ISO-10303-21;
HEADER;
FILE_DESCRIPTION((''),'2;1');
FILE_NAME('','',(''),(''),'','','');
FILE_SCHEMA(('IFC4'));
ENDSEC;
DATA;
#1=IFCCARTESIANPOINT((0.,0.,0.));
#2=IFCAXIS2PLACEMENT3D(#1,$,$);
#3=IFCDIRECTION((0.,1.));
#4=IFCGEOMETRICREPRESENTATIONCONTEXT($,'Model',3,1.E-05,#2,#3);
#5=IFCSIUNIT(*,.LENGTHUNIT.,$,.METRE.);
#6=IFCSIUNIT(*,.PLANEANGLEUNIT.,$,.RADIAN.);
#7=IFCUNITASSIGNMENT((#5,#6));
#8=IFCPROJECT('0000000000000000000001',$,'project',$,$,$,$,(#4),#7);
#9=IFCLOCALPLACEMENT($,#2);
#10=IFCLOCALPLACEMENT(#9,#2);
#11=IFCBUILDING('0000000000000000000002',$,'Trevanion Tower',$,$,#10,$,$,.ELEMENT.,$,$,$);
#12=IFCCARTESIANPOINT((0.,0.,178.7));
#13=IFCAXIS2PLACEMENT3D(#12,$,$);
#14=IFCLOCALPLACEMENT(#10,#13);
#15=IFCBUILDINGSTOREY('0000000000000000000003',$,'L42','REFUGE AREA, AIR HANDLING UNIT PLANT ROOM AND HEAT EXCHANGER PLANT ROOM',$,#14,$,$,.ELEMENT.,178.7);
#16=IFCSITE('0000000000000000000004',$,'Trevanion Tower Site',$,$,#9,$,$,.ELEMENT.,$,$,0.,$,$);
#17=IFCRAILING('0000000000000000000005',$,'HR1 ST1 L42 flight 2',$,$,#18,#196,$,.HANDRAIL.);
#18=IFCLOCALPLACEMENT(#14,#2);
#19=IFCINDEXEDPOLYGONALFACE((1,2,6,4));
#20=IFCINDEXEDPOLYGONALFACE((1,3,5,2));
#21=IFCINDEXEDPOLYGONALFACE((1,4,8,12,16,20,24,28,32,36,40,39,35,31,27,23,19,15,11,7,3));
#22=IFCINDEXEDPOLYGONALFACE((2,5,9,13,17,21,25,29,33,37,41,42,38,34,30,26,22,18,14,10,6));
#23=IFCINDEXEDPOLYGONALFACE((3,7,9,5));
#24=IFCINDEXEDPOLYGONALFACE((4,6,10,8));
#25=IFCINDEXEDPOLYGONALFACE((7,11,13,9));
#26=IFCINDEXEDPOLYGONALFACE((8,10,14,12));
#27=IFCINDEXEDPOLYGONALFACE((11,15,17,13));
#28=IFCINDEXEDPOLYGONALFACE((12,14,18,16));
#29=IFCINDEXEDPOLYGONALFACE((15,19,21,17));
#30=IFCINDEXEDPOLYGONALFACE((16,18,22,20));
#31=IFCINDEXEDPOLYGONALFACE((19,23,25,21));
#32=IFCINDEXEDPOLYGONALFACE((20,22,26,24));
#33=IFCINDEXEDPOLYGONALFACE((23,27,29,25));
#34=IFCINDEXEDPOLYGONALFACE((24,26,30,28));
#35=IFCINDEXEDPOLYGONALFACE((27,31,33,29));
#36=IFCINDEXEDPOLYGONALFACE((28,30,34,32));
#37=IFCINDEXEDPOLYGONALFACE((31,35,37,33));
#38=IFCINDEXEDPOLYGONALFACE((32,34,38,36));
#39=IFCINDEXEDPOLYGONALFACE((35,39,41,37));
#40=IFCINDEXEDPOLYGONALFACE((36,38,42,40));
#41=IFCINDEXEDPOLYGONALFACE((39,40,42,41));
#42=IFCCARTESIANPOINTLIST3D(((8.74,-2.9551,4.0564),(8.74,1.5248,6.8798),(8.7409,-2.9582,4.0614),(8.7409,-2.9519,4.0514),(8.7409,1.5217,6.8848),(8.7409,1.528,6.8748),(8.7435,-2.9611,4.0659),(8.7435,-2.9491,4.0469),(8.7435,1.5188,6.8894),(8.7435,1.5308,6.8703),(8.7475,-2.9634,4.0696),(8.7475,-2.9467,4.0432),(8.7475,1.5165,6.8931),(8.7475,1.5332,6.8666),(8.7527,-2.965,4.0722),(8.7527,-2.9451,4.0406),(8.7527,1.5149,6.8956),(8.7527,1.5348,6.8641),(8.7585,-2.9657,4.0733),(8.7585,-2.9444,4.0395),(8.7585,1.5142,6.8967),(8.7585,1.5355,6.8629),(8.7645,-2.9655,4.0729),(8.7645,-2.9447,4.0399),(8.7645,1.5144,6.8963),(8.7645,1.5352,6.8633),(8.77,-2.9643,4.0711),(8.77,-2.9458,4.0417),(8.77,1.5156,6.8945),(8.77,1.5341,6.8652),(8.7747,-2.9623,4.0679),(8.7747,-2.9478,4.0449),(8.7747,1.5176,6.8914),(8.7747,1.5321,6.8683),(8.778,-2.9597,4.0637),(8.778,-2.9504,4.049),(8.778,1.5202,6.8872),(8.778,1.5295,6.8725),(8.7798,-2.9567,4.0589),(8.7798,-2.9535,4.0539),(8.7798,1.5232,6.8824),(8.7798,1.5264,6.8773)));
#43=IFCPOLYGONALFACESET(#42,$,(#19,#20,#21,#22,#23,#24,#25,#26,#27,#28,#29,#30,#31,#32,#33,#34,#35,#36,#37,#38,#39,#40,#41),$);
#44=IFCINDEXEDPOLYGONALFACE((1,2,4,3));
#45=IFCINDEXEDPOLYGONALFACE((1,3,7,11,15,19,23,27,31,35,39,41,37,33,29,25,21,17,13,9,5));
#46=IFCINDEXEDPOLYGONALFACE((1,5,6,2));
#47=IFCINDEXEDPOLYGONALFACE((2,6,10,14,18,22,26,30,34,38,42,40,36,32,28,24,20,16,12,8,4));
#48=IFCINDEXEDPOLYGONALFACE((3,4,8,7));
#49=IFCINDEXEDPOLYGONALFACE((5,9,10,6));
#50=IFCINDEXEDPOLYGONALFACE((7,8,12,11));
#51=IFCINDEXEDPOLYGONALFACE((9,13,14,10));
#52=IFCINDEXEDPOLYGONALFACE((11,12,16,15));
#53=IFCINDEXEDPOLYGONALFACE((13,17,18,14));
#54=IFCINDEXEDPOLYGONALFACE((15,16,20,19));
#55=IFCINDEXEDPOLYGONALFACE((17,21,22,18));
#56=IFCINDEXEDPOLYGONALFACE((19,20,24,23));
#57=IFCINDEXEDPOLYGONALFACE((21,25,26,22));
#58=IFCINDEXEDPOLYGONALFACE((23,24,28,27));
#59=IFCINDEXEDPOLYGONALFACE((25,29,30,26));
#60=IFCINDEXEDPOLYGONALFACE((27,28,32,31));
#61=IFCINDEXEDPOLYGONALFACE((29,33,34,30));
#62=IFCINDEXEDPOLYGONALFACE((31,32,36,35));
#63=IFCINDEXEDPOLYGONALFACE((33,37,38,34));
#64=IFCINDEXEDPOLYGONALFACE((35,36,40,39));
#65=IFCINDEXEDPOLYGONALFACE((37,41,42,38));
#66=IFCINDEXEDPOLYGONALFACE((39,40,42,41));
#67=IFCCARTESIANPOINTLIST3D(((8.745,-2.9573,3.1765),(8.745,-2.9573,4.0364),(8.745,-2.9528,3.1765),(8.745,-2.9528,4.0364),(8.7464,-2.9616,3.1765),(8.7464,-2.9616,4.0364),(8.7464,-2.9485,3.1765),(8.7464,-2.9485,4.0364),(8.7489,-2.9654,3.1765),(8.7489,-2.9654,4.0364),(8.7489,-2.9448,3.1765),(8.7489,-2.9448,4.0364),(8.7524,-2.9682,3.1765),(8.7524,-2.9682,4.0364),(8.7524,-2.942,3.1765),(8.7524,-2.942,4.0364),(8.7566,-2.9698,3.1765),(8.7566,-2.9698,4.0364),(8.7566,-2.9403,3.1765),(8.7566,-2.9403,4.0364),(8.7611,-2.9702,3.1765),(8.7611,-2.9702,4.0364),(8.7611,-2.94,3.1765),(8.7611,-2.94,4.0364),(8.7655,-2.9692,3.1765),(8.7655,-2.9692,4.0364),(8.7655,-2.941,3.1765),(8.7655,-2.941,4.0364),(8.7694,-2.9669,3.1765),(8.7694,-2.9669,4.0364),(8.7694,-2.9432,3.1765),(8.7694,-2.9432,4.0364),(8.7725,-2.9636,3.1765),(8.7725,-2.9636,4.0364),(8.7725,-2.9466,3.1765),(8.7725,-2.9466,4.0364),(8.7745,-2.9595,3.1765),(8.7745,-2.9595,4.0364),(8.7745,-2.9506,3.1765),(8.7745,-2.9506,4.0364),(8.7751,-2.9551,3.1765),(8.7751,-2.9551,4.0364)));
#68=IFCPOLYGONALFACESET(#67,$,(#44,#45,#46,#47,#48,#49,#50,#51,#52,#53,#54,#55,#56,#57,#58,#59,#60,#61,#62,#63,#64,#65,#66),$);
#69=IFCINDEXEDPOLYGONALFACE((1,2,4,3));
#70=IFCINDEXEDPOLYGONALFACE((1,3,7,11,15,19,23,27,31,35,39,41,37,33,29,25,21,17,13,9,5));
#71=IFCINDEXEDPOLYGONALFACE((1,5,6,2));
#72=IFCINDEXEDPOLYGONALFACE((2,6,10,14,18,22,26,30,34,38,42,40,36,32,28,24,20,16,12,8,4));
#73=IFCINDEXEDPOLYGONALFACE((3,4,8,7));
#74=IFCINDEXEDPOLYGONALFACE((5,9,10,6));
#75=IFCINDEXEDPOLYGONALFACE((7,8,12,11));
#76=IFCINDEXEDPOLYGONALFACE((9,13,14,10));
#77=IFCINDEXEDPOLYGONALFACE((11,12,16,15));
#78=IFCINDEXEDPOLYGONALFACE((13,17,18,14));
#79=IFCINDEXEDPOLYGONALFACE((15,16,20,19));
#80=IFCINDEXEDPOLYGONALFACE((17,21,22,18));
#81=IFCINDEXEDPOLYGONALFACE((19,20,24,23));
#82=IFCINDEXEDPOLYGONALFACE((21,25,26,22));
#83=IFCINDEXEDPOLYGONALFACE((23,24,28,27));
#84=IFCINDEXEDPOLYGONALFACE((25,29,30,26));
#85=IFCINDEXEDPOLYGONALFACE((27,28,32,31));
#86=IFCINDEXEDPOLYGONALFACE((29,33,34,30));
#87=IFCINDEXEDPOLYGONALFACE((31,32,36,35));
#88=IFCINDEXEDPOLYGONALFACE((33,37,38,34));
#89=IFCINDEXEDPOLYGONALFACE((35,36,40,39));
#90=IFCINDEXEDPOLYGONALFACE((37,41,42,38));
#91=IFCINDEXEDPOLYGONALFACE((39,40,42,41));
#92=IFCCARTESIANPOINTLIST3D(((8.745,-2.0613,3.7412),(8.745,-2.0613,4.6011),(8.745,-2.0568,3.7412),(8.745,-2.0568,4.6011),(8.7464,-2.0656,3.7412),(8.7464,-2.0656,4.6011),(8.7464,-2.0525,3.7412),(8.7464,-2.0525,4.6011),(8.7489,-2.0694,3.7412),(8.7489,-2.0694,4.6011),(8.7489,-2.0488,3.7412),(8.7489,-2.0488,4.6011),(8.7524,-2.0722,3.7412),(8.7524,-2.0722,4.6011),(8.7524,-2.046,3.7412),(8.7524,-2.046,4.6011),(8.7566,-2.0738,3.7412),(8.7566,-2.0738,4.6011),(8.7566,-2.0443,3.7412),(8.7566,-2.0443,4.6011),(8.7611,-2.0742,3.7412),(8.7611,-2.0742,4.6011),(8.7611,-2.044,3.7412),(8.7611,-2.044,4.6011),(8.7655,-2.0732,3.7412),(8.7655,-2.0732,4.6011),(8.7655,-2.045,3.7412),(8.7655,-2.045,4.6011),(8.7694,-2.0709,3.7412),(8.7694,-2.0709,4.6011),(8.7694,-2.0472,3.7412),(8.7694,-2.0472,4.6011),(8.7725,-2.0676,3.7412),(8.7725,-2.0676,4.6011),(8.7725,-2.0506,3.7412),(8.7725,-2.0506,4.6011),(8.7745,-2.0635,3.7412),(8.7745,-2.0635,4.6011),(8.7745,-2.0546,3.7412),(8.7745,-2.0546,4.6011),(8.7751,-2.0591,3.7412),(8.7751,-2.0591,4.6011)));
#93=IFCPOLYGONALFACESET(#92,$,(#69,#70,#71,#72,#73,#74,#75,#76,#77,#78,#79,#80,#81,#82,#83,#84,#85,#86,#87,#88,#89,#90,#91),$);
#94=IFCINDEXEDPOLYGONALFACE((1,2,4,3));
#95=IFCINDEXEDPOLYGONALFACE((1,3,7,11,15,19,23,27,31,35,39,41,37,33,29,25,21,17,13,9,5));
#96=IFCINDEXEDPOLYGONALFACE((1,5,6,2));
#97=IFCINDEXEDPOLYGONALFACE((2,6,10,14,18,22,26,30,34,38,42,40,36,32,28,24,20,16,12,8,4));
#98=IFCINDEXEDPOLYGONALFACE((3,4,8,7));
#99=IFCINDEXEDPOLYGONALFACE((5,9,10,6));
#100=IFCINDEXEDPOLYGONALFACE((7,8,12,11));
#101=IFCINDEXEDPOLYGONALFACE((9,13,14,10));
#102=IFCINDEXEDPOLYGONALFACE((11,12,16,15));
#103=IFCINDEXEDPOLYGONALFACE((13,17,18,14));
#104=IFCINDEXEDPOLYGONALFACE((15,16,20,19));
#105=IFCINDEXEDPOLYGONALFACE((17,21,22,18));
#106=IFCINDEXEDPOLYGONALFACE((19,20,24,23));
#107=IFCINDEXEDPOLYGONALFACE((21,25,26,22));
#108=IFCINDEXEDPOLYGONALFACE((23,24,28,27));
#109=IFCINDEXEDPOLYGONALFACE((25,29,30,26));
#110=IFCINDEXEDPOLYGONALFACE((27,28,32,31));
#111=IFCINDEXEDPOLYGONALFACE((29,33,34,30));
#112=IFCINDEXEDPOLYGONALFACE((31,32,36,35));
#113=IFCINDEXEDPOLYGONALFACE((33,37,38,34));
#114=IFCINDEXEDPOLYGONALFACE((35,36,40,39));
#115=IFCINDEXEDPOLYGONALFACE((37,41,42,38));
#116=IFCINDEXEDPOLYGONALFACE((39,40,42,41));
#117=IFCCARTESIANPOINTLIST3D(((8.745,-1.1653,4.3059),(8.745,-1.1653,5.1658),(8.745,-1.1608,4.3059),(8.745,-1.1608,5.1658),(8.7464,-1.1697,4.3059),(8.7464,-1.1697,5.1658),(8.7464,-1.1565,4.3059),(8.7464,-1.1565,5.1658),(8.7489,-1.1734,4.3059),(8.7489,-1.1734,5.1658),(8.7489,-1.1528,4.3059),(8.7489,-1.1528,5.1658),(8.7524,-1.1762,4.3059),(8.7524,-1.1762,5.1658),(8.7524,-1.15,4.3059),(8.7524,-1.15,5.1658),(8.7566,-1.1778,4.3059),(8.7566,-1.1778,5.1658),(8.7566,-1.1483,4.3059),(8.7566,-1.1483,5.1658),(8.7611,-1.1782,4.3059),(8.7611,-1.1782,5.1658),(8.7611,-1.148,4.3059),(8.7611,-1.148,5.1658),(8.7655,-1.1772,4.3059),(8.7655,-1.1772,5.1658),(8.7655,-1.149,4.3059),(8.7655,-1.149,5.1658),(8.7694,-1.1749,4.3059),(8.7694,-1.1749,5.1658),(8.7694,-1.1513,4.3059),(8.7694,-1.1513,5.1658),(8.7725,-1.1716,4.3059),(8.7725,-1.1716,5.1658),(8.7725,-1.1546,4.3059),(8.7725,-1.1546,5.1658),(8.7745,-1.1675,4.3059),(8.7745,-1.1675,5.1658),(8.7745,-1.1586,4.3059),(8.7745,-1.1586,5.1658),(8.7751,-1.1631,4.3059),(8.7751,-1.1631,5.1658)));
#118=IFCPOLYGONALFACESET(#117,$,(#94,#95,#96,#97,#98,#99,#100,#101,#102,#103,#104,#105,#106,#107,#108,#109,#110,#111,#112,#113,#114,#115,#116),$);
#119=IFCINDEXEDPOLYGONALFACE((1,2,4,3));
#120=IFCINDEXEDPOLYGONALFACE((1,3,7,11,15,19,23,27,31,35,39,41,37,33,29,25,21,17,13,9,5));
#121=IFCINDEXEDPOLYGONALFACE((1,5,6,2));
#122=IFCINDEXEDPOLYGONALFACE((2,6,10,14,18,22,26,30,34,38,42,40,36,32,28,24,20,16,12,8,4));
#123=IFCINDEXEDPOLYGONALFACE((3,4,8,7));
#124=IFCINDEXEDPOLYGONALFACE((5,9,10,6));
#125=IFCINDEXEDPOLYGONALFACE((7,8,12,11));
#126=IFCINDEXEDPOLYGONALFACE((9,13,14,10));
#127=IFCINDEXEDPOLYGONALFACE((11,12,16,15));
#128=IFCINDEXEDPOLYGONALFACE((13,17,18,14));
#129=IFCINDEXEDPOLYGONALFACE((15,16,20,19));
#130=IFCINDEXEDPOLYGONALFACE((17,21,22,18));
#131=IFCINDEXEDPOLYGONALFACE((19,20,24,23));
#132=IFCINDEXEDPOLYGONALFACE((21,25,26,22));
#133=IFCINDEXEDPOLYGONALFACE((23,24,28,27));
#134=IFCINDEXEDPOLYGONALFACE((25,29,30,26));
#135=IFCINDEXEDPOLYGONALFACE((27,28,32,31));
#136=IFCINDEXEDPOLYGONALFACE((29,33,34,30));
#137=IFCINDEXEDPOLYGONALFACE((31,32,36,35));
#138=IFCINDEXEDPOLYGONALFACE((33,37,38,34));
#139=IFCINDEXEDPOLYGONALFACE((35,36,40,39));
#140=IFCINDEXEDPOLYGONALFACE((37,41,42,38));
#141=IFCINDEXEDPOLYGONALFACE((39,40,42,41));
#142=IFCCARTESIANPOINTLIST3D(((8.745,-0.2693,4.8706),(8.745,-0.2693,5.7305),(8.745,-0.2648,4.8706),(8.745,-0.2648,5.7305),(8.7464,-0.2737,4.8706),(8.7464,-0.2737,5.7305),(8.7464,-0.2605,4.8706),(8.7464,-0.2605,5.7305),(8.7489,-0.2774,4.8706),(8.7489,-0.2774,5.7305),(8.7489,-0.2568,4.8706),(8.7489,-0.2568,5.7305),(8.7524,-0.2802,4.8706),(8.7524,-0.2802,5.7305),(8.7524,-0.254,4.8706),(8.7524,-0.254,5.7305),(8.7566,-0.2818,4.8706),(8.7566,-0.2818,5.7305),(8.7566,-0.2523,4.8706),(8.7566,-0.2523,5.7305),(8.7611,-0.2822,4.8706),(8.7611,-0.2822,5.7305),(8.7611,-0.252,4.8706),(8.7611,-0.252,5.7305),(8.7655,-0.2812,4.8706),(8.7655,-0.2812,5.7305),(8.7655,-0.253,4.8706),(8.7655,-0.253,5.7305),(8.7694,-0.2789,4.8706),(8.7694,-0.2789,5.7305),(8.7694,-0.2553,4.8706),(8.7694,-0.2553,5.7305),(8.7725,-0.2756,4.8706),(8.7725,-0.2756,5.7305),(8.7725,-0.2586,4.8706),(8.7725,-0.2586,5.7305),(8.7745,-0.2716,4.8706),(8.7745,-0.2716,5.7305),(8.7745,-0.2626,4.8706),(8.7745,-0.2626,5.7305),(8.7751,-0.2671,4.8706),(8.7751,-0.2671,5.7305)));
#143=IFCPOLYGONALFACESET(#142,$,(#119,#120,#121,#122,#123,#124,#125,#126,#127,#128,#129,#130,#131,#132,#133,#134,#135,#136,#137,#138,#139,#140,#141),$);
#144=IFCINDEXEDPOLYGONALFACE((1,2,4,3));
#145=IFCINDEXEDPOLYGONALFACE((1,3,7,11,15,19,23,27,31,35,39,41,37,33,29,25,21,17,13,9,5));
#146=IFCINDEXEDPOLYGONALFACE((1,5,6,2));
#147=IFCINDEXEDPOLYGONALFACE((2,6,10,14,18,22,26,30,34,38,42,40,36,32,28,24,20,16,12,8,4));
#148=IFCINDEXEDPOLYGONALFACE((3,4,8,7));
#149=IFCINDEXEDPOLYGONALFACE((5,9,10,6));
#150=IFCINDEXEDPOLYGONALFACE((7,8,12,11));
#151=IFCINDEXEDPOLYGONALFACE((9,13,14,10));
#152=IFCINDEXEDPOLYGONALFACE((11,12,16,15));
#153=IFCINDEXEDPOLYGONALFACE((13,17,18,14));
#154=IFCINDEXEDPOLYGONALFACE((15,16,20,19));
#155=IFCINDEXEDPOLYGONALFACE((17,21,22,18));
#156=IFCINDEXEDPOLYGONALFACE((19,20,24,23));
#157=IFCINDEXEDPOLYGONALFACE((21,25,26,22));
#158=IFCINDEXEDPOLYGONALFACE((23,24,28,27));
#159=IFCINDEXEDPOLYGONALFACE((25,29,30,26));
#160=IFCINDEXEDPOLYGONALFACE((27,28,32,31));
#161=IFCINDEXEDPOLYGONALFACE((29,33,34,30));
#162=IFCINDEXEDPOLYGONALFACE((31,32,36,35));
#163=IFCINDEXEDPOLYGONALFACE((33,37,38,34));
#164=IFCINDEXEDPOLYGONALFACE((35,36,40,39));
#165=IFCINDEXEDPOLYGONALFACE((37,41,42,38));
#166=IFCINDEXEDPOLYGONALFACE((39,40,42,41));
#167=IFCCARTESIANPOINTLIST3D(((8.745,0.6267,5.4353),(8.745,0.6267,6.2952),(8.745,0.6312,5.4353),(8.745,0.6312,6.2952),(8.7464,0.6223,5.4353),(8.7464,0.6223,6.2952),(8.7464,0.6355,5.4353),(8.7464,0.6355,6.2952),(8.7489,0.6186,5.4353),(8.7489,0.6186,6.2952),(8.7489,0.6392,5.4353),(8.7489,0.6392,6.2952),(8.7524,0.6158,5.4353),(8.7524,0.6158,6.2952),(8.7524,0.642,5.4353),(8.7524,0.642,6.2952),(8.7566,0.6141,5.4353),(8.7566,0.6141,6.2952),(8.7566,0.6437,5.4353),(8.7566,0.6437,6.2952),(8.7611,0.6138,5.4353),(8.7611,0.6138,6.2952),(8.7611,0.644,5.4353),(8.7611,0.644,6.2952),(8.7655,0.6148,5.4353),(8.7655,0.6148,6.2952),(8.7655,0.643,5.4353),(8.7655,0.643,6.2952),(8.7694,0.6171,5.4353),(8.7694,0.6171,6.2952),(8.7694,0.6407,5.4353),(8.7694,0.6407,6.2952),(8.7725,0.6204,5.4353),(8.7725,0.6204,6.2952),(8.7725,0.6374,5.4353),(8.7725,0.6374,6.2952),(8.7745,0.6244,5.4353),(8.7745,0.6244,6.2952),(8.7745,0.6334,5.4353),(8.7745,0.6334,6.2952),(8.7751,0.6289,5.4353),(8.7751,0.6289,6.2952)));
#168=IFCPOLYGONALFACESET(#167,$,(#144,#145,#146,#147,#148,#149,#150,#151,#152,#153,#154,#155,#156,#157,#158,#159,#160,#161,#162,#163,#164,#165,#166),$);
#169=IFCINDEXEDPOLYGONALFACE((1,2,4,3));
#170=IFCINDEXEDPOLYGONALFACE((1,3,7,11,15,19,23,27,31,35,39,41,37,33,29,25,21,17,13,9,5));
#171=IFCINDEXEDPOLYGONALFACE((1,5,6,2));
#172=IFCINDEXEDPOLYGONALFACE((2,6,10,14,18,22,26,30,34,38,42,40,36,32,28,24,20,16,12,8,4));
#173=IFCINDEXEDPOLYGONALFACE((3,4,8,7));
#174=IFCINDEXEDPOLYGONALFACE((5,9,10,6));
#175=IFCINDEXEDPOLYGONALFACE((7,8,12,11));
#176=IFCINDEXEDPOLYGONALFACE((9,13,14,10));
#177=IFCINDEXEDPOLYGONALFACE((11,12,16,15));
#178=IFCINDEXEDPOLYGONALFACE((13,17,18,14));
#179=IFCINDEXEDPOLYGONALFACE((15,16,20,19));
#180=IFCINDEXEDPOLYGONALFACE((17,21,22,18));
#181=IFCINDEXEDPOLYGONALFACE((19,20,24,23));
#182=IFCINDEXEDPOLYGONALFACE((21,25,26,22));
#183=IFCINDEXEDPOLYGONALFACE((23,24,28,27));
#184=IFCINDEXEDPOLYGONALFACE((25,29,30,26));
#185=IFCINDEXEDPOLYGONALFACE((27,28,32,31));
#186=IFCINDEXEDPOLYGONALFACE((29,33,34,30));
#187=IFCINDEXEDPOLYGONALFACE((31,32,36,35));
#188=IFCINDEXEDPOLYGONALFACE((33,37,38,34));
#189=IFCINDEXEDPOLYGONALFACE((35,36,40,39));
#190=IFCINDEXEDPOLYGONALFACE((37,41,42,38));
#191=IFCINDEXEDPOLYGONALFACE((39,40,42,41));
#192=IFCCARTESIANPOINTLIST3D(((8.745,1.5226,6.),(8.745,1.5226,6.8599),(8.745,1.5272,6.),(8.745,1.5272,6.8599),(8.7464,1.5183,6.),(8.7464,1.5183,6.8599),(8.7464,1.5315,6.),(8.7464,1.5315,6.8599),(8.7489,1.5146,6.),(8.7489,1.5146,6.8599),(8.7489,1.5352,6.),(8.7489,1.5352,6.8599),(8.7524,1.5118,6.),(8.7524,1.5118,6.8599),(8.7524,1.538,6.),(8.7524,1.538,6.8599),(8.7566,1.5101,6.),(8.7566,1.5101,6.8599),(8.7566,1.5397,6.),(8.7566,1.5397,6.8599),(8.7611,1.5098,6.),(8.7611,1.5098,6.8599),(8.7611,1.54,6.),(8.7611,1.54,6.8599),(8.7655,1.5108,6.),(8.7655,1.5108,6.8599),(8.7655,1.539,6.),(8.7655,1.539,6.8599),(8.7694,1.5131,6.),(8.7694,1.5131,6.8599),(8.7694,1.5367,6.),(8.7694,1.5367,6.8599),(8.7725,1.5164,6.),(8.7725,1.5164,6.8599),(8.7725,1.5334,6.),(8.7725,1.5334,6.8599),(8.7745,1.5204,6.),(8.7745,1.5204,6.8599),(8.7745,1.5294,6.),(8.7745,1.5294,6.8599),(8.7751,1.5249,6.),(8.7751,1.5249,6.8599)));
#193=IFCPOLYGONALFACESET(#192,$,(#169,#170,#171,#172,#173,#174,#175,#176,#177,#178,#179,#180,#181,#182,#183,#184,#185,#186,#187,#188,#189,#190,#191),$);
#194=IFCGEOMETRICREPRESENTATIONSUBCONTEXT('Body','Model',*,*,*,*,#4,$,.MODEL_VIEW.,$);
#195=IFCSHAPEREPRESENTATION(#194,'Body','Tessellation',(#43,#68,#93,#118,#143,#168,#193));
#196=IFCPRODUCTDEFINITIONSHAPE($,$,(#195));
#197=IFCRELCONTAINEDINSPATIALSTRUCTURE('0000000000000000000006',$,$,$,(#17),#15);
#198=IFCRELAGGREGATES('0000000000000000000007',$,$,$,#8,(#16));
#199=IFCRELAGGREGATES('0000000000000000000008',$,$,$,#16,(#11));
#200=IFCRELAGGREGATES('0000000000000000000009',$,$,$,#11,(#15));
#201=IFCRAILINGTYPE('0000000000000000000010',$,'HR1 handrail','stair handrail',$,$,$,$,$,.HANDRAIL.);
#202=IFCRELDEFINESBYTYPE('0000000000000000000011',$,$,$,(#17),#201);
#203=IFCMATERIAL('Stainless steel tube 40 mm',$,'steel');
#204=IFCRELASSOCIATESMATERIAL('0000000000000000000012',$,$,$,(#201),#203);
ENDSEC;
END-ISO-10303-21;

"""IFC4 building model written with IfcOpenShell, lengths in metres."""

from ifc_helpers import new_model, si_unit, direction, frame, origin, origin_2d, place, context, subcontext, project, spatial, circle, extrude, material, type_object, element, save


model = new_model("IFC4")

# Units and contexts
model_context = context("Model", 3, precision=1e-05, world=origin(), true_north=direction((0.0, 1.0)))
body_context = subcontext(model_context, "Body", "Model", "MODEL_VIEW")
ifc_project = project(units=[si_unit("LENGTHUNIT", "METRE"), si_unit("PLANEANGLEUNIT", "RADIAN")], contexts=[model_context])

# Site, building, storey
site_placement = place(None, origin())
site = spatial("IfcSite", under=ifc_project, at=site_placement, Name="Trevanion Tower Site", CompositionType="ELEMENT", RefElevation=0.0)
building_placement = place(site_placement, origin())
building = spatial("IfcBuilding", under=site, at=building_placement, Name="Trevanion Tower", CompositionType="ELEMENT")
storey_placement = place(building_placement, frame((0.0, 0.0, 178.7)))
storey = spatial("IfcBuildingStorey", under=building, at=storey_placement, Name="L42", Description="REFUGE AREA, AIR HANDLING UNIT PLANT ROOM AND HEAT EXCHANGER PLANT ROOM", CompositionType="ELEMENT", Elevation=178.7)

# Railing
ifc_material_1 = material(Name="Stainless steel tube 40 mm", Category="steel")
railing_type = type_object("IfcRailingType", Name="HR1 handrail", Description="stair handrail", PredefinedType="HANDRAIL", material=ifc_material_1)
for number, where, name in (
    (1, (8.76, -2.9551, 3.1765), "HR1 ST1 L42 flight 2"),
):
    element("IfcRailing", number, at=place(storey_placement, frame(where)), inside=storey, type_object=railing_type, Name=name, PredefinedType="HANDRAIL", context=body_context, shape_type="SweptSolid", body=[
        extrude(circle(Radius=0.02, at=origin_2d()), frame((0.0, 0.0, 0.8799), z_axis=(0.0, 0.845998, 0.533186), x_axis=(-1.0, 0.0, 0.0)), (0.0, 0.0, 1.0), 5.2954),
        extrude(circle(Radius=0.0151, at=origin_2d()), origin(), (0.0, 0.0, 1.0), 0.8599),
        extrude(circle(Radius=0.0151, at=origin_2d()), frame((0.0, 0.896, 0.5647)), (0.0, 0.0, 1.0), 0.8599),
        extrude(circle(Radius=0.0151, at=origin_2d()), frame((0.0, 1.792, 1.1294)), (0.0, 0.0, 1.0), 0.8599),
        extrude(circle(Radius=0.0151, at=origin_2d()), frame((0.0, 2.688, 1.6941)), (0.0, 0.0, 1.0), 0.8599),
        extrude(circle(Radius=0.0151, at=origin_2d()), frame((0.0, 3.584, 2.2588)), (0.0, 0.0, 1.0), 0.8599),
        extrude(circle(Radius=0.0151, at=origin_2d()), frame((0.0, 4.48, 2.8235)), (0.0, 0.0, 1.0), 0.8599),
    ])

save(model, "model.ifc")
